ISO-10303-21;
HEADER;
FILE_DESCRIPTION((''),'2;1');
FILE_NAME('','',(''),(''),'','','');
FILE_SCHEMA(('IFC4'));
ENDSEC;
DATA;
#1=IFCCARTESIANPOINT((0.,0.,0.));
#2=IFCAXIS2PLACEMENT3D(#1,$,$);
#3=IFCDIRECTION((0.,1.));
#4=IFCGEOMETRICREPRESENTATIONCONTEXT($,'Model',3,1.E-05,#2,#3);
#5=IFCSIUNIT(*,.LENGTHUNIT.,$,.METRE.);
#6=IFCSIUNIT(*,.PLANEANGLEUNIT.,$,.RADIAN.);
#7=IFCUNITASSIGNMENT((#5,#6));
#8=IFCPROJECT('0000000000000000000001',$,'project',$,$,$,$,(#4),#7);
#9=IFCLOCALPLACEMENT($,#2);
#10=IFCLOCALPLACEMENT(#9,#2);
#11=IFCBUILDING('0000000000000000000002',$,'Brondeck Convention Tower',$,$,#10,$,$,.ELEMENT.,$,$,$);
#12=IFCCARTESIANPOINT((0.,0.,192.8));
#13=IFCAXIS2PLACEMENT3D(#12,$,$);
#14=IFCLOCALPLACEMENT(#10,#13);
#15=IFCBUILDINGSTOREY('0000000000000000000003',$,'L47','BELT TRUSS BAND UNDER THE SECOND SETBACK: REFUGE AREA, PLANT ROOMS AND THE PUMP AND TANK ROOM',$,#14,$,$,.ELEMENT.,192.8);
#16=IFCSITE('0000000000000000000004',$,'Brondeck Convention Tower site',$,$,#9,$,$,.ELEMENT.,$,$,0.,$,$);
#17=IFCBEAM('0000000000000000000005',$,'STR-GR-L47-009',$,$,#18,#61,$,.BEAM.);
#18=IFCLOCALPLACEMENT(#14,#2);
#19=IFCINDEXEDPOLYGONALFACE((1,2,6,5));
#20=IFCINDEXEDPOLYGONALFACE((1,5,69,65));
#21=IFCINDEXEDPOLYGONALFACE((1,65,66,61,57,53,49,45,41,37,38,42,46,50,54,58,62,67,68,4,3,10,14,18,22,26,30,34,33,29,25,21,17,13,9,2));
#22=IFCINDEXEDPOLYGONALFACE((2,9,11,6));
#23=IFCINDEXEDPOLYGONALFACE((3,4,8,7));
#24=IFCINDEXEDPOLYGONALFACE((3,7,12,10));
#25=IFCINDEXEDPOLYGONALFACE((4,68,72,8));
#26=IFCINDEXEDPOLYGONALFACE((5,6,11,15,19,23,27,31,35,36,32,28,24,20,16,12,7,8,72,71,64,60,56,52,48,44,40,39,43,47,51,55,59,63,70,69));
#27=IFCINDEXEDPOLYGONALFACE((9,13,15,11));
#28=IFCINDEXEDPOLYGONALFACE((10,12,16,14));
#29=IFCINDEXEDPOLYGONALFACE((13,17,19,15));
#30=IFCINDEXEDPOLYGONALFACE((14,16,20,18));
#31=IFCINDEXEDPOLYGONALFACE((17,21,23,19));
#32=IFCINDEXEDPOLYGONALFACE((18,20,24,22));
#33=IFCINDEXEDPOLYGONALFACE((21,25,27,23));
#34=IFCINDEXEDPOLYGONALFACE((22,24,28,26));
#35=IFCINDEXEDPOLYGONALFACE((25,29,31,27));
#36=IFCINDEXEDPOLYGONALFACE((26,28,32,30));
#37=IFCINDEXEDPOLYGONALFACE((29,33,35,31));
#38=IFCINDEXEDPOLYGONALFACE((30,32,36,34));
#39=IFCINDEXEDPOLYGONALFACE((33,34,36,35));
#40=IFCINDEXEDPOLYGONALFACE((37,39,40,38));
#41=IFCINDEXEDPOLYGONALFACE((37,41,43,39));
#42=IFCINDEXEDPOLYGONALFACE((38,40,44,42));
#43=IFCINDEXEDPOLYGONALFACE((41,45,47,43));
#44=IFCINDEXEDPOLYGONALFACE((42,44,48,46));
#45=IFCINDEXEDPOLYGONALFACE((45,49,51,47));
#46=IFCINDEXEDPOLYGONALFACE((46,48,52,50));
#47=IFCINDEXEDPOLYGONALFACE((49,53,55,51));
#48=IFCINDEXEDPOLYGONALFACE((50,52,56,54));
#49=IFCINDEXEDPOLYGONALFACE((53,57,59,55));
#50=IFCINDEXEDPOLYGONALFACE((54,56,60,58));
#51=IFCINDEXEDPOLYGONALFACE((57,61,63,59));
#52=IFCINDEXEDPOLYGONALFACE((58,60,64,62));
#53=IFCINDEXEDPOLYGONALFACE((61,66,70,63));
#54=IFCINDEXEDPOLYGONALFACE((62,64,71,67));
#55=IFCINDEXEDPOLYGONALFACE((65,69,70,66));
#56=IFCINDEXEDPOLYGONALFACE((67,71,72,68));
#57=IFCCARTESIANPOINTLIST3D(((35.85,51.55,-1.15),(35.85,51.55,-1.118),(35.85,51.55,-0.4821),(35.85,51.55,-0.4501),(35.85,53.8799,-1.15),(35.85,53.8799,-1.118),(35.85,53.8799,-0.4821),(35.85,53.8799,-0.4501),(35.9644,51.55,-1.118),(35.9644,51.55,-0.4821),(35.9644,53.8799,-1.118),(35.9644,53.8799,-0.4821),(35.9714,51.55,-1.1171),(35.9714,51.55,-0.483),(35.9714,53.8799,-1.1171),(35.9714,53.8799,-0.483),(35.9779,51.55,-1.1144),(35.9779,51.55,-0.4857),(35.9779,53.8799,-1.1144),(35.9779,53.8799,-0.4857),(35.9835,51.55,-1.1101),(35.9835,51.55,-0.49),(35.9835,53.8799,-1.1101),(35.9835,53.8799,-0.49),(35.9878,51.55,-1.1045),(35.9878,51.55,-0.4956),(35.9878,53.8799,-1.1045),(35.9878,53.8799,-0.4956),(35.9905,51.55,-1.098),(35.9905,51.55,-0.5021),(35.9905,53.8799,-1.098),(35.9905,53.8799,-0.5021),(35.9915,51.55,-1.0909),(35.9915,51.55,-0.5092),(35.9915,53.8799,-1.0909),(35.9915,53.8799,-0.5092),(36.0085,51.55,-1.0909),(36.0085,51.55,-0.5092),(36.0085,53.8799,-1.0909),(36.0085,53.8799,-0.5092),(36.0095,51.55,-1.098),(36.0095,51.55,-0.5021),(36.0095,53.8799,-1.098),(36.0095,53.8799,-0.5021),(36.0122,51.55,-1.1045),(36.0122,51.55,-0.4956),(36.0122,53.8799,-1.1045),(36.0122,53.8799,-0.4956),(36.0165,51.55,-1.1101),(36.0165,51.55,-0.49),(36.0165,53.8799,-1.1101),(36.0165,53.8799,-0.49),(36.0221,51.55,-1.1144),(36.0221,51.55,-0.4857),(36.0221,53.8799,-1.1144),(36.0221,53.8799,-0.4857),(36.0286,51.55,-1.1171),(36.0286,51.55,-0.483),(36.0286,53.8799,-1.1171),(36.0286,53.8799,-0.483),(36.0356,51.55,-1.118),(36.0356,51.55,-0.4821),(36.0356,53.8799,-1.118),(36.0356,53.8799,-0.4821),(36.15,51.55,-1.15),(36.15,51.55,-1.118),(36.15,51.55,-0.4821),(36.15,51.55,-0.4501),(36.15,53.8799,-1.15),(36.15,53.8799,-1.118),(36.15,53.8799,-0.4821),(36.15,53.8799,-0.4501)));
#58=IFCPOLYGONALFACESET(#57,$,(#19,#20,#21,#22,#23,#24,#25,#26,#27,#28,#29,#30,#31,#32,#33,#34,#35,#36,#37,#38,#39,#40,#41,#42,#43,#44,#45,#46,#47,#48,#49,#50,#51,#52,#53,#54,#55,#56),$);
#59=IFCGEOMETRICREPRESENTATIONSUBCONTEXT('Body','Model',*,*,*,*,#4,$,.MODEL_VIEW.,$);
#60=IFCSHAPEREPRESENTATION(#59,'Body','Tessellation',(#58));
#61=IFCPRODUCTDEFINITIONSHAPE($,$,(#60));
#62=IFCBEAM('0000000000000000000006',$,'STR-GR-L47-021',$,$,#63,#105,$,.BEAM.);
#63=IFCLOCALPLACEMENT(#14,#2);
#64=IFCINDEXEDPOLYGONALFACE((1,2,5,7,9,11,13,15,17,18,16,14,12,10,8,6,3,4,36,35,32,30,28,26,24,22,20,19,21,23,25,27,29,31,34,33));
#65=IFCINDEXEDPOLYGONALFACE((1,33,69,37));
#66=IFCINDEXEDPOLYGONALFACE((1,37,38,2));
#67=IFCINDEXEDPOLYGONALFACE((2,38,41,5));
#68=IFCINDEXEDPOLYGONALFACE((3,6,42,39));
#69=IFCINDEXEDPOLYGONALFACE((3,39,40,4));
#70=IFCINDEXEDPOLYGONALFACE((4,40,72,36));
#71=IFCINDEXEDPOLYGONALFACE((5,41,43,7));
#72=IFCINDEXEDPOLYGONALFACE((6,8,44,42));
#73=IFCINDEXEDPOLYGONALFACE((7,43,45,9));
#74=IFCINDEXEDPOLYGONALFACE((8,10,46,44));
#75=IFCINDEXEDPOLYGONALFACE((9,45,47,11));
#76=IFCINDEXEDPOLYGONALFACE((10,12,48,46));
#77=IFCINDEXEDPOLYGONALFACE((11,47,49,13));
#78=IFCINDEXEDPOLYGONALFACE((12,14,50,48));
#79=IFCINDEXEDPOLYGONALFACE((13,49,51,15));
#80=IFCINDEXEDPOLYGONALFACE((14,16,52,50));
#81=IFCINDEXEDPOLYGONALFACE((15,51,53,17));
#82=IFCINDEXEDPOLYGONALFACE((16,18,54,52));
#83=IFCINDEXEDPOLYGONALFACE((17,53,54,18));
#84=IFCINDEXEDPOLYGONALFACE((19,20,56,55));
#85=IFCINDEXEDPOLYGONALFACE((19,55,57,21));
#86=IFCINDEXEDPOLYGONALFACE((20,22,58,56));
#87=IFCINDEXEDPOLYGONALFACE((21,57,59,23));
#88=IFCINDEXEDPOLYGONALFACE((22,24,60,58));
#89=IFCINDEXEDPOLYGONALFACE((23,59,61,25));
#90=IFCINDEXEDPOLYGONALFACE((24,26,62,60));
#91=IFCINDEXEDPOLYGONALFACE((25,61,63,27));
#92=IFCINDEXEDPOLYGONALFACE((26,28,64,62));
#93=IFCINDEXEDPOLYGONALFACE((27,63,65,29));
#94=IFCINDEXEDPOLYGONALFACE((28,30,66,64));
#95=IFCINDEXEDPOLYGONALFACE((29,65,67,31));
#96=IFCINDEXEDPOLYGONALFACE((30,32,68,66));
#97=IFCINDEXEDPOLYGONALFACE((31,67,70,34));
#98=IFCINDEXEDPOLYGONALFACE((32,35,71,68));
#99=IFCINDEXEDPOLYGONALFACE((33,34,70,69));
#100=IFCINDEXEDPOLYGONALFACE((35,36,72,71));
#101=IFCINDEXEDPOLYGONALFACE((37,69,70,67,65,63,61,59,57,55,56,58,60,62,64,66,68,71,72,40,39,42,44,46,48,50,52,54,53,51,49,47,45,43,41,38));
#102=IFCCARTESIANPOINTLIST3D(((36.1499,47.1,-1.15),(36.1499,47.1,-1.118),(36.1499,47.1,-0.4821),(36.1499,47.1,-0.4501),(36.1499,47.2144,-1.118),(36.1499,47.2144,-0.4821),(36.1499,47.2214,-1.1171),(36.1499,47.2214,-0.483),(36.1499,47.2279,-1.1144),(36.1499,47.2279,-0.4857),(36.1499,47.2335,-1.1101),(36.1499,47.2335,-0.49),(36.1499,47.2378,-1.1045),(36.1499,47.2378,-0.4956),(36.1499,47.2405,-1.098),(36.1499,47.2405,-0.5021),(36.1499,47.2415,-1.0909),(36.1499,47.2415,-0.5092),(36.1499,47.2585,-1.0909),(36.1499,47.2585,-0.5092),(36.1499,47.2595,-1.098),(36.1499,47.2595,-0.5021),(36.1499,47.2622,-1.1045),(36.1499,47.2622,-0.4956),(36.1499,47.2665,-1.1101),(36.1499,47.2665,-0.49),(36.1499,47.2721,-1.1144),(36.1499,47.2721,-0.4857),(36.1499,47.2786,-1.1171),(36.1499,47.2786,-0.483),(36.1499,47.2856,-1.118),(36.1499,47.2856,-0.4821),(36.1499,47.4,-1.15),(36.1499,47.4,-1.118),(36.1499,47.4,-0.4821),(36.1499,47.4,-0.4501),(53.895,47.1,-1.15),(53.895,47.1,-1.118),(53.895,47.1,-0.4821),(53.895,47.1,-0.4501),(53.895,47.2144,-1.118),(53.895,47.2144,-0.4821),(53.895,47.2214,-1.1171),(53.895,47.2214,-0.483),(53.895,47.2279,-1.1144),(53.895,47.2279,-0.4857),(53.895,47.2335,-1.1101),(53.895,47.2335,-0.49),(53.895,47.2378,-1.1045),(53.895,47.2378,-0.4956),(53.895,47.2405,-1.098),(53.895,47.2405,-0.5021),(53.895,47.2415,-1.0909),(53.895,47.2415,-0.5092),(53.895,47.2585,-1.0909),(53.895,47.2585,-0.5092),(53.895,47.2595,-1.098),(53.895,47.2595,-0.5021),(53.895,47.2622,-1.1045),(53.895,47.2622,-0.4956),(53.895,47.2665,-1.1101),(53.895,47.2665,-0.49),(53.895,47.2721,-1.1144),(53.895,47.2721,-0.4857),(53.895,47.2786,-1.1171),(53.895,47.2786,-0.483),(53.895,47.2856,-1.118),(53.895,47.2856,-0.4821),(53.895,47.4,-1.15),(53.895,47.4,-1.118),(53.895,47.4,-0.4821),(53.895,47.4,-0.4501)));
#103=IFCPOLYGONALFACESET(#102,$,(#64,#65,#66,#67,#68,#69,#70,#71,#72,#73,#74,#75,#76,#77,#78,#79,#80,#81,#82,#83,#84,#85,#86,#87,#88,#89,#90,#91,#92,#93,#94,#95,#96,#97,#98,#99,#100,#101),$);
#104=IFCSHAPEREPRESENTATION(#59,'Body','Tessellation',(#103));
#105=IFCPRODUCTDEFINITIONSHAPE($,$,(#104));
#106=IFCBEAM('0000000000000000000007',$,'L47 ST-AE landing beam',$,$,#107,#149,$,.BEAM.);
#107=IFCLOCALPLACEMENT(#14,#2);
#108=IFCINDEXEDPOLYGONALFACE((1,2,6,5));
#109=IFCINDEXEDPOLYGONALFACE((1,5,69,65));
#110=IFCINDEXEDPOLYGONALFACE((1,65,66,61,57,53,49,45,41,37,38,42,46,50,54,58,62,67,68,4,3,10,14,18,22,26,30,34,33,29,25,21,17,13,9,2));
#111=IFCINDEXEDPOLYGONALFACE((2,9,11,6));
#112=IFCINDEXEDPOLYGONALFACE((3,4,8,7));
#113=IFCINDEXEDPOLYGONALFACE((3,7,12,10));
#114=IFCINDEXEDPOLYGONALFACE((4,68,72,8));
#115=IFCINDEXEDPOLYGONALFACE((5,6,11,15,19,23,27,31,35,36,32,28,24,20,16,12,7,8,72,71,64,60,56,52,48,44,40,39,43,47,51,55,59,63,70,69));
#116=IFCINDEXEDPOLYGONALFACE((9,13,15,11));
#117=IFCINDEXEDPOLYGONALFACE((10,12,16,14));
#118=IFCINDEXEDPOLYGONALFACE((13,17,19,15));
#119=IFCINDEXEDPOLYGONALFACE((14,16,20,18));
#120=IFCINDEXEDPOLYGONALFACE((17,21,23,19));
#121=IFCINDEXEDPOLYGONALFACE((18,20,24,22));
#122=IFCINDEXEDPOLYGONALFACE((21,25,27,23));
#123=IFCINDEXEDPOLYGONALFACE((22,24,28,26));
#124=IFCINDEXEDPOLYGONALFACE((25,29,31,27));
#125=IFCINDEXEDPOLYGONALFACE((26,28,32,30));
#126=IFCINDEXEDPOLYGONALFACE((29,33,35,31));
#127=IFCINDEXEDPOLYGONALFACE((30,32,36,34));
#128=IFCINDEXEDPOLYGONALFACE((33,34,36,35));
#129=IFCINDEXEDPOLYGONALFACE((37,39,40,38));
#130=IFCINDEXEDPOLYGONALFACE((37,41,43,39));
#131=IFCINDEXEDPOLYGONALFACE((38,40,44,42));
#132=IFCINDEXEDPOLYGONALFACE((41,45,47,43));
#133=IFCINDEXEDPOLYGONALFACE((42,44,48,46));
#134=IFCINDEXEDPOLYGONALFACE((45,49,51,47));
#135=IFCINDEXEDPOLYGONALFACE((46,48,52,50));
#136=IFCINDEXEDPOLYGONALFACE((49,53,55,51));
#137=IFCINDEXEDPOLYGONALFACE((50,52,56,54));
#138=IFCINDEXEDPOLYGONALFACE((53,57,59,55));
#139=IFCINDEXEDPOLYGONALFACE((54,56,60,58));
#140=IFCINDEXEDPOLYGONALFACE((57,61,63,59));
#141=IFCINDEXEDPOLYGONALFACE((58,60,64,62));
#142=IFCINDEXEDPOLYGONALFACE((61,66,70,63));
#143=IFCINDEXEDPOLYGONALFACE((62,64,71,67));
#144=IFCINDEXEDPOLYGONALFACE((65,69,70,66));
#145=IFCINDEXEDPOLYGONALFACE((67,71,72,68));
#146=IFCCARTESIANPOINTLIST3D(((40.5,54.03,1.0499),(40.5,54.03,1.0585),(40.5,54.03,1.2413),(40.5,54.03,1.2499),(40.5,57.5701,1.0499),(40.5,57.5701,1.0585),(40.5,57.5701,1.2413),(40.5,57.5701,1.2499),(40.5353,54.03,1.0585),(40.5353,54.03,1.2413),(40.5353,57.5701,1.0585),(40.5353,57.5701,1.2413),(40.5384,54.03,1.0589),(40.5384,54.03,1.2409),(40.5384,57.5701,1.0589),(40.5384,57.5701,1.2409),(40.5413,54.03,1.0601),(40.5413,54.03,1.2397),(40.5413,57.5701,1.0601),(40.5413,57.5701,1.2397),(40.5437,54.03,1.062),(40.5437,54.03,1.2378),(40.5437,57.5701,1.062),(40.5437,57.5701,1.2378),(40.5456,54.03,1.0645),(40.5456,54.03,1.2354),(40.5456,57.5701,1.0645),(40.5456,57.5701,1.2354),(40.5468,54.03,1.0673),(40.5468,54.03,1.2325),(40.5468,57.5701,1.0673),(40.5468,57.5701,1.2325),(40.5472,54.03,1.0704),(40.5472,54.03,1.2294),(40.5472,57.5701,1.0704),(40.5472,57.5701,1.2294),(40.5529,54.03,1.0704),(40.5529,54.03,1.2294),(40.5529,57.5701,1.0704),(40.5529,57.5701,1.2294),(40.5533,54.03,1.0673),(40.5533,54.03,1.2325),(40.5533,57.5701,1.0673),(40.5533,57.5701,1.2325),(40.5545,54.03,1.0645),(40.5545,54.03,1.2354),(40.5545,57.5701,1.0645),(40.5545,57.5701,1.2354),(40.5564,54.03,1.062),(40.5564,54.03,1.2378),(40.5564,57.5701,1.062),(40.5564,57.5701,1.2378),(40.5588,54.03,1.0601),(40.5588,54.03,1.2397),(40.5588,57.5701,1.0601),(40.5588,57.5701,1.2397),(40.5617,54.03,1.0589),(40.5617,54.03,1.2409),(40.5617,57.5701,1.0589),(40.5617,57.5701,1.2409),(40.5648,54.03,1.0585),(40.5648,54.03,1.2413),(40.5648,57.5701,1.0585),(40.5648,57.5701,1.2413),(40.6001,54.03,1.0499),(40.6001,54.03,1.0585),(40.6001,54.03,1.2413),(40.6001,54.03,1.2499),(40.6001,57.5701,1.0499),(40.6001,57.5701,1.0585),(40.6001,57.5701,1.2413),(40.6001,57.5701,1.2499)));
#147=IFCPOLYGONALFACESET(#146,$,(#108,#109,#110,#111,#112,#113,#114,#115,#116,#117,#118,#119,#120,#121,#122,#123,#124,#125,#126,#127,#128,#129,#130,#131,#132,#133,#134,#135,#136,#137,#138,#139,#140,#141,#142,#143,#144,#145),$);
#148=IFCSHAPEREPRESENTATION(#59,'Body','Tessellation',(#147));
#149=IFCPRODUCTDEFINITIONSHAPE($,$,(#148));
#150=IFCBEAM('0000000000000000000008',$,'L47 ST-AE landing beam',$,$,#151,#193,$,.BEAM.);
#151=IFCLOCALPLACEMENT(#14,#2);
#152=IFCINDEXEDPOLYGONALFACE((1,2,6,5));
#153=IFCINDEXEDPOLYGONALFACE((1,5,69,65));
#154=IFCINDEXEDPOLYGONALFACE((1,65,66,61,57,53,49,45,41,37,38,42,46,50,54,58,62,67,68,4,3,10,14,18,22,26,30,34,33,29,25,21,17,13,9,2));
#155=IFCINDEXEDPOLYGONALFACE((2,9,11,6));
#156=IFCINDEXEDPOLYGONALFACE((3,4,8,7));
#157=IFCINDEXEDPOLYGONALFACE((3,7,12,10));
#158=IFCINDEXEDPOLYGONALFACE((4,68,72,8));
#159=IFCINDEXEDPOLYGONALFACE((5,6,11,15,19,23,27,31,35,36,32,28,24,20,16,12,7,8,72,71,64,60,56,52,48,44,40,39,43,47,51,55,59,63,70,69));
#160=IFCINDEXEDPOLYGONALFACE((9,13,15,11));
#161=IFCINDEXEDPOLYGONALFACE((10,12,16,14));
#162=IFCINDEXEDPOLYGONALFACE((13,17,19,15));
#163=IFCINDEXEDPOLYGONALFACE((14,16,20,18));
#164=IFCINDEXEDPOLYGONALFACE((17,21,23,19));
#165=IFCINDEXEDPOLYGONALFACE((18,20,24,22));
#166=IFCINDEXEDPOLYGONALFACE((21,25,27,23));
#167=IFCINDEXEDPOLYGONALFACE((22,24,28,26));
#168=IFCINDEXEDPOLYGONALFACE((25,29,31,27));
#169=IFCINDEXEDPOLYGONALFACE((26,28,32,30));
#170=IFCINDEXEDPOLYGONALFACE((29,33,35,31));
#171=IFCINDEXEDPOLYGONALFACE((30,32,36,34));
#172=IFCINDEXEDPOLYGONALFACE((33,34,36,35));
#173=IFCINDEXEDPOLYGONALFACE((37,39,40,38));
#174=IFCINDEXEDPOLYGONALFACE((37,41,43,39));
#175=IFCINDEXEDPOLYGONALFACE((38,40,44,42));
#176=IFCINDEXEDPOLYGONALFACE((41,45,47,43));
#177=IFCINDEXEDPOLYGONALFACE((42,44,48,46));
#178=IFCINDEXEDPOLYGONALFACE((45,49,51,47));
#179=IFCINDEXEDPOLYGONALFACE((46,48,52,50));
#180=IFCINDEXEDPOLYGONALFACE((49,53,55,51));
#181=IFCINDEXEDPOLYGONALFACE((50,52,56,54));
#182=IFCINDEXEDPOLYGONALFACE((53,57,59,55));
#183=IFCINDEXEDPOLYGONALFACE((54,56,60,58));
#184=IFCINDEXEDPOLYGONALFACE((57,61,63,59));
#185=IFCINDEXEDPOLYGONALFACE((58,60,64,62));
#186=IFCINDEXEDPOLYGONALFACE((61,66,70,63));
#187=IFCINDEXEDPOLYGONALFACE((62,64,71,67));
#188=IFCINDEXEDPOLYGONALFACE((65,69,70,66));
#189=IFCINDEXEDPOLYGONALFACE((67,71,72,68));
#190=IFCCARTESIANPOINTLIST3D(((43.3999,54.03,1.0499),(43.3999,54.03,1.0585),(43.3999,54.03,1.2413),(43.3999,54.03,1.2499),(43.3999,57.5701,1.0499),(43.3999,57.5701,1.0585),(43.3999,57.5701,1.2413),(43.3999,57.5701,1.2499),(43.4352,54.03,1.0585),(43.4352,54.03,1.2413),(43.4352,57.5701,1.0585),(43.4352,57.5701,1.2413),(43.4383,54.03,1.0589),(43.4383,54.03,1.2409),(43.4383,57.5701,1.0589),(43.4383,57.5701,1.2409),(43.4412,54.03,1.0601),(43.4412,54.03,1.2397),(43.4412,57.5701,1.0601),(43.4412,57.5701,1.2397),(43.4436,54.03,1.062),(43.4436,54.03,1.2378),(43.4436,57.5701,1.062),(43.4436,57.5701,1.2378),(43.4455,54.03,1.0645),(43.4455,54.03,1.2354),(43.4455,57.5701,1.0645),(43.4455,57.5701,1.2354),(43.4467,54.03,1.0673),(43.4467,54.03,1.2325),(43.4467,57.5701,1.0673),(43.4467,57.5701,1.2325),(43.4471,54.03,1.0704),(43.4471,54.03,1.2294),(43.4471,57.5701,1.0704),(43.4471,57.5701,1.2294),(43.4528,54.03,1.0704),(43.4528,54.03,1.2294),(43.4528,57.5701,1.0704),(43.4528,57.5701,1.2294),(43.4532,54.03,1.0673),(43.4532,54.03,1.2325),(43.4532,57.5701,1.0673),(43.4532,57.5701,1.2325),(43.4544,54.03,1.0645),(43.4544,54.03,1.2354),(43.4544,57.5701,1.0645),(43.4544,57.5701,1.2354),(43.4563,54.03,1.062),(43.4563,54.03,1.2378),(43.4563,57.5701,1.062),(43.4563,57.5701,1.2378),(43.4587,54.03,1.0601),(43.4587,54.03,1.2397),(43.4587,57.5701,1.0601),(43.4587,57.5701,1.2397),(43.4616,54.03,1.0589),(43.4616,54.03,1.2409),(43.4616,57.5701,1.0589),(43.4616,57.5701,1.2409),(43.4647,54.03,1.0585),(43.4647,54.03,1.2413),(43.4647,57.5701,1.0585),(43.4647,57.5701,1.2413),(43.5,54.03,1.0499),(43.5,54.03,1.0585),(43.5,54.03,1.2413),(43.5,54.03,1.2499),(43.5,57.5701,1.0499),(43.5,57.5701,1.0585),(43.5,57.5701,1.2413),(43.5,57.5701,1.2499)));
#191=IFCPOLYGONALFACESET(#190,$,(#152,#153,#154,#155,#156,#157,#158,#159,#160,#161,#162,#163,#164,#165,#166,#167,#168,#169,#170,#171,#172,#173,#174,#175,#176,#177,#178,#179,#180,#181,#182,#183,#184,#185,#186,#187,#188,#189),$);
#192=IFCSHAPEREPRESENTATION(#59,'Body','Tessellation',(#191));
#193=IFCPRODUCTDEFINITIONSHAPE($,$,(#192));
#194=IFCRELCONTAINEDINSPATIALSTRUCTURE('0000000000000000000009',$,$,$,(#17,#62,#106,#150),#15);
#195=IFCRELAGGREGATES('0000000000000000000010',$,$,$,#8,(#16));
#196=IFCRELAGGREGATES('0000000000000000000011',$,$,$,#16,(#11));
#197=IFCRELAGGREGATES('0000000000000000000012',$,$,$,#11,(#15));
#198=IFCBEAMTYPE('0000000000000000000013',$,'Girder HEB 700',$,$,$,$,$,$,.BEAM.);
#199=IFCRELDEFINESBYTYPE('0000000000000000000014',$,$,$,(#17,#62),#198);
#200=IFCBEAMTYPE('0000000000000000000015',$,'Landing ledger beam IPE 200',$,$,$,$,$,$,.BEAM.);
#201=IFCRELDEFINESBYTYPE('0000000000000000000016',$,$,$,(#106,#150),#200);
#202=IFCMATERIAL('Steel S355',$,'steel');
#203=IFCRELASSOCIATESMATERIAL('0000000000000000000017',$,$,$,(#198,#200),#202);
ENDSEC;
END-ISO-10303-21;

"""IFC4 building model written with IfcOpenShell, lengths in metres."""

from ifc_helpers import new_model, si_unit, direction, frame, origin, origin_2d, place, context, subcontext, project, spatial, i_section, extrude, material, material_profile, profile_set, type_object, element, save


model = new_model("IFC4")

# Units and contexts
model_context = context("Model", 3, precision=1e-05, world=origin(), true_north=direction((0.0, 1.0)))
body_context = subcontext(model_context, "Body", "Model", "MODEL_VIEW")
ifc_project = project(units=[si_unit("LENGTHUNIT", "METRE"), si_unit("PLANEANGLEUNIT", "RADIAN")], contexts=[model_context])

# Site, building, storey
site_placement = place(None, origin())
site = spatial("IfcSite", under=ifc_project, at=site_placement, Name="Brondeck Convention Tower site", CompositionType="ELEMENT", RefElevation=0.0)
building_placement = place(site_placement, origin())
building = spatial("IfcBuilding", under=site, at=building_placement, Name="Brondeck Convention Tower", CompositionType="ELEMENT")
storey_placement = place(building_placement, frame((0.0, 0.0, 192.8)))
storey = spatial("IfcBuildingStorey", under=building, at=storey_placement, Name="L47", Description="BELT TRUSS BAND UNDER THE SECOND SETBACK: REFUGE AREA, PLANT ROOMS AND THE PUMP AND TANK ROOM", CompositionType="ELEMENT", Elevation=192.8)

# Beams
ifc_material_1 = material(Name="Steel S355", Category="steel")
ifc_material_profile_1 = material_profile(ifc_material_1, i_section(OverallWidth=0.3, OverallDepth=0.7, WebThickness=0.0171, FlangeThickness=0.032, FilletRadius=0.0271, at=origin_2d()), Name="HEB 700")
ifc_profile_set_1 = profile_set([ifc_material_profile_1], Name="Steel S355")
beam_type_1 = type_object("IfcBeamType", Name="Girder HEB 700", PredefinedType="BEAM", material=ifc_profile_set_1)
beam_1_placement = place(storey_placement, frame((36.0, 51.55, -0.8), z_axis=(0.0, 1.0, 0.0), x_axis=(-1.0, 0.0, 0.0)))
element("IfcBeam", 1, at=beam_1_placement, inside=storey, type_object=beam_type_1, Name="STR-GR-L47-009", PredefinedType="BEAM", context=body_context, shape_type="SweptSolid", body=[
    extrude(i_section(OverallWidth=0.3, OverallDepth=0.7, WebThickness=0.0171, FlangeThickness=0.032, FilletRadius=0.0271, at=origin_2d()), origin(), (0.0, 0.0, 1.0), 2.3298),
])
beam_2_placement = place(storey_placement, frame((36.1499, 47.25, -0.8), z_axis=(1.0, 0.0, 0.0), x_axis=(0.0, 1.0, 0.0)))
element("IfcBeam", 2, at=beam_2_placement, inside=storey, type_object=beam_type_1, Name="STR-GR-L47-021", PredefinedType="BEAM", context=body_context, shape_type="SweptSolid", body=[
    extrude(i_section(OverallWidth=0.3, OverallDepth=0.7, WebThickness=0.0171, FlangeThickness=0.032, FilletRadius=0.0271, at=origin_2d()), origin(), (0.0, 0.0, 1.0), 17.7451),
])
ifc_material_profile_2 = material_profile(ifc_material_1, i_section(OverallWidth=0.1001, OverallDepth=0.2, WebThickness=0.0056, FlangeThickness=0.0085, FilletRadius=0.012, at=origin_2d()), Name="IPE200")
ifc_profile_set_2 = profile_set([ifc_material_profile_2], Name="Steel S355")
beam_type_2 = type_object("IfcBeamType", Name="Landing ledger beam IPE 200", PredefinedType="BEAM", material=ifc_profile_set_2)
for number, where, z_axis, x_axis, name in (
    (3, (40.55, 54.03, 1.1499), (0.0, 1.0, 0.0), (-1.0, 0.0, 0.0), "L47 ST-AE landing beam"),
    (4, (43.45, 54.03, 1.1499), (0.0, 1.0, 0.0), (-1.0, 0.0, 0.0), "L47 ST-AE landing beam"),
):
    element("IfcBeam", number, at=place(storey_placement, frame(where, z_axis=z_axis, x_axis=x_axis)), inside=storey, type_object=beam_type_2, Name=name, PredefinedType="BEAM", context=body_context, shape_type="SweptSolid", body=[
        extrude(i_section(OverallWidth=0.1001, OverallDepth=0.2, WebThickness=0.0056, FlangeThickness=0.0085, FilletRadius=0.012, at=origin_2d()), origin(), (0.0, 0.0, 1.0), 3.54),
    ])

save(model, "model.ifc")
